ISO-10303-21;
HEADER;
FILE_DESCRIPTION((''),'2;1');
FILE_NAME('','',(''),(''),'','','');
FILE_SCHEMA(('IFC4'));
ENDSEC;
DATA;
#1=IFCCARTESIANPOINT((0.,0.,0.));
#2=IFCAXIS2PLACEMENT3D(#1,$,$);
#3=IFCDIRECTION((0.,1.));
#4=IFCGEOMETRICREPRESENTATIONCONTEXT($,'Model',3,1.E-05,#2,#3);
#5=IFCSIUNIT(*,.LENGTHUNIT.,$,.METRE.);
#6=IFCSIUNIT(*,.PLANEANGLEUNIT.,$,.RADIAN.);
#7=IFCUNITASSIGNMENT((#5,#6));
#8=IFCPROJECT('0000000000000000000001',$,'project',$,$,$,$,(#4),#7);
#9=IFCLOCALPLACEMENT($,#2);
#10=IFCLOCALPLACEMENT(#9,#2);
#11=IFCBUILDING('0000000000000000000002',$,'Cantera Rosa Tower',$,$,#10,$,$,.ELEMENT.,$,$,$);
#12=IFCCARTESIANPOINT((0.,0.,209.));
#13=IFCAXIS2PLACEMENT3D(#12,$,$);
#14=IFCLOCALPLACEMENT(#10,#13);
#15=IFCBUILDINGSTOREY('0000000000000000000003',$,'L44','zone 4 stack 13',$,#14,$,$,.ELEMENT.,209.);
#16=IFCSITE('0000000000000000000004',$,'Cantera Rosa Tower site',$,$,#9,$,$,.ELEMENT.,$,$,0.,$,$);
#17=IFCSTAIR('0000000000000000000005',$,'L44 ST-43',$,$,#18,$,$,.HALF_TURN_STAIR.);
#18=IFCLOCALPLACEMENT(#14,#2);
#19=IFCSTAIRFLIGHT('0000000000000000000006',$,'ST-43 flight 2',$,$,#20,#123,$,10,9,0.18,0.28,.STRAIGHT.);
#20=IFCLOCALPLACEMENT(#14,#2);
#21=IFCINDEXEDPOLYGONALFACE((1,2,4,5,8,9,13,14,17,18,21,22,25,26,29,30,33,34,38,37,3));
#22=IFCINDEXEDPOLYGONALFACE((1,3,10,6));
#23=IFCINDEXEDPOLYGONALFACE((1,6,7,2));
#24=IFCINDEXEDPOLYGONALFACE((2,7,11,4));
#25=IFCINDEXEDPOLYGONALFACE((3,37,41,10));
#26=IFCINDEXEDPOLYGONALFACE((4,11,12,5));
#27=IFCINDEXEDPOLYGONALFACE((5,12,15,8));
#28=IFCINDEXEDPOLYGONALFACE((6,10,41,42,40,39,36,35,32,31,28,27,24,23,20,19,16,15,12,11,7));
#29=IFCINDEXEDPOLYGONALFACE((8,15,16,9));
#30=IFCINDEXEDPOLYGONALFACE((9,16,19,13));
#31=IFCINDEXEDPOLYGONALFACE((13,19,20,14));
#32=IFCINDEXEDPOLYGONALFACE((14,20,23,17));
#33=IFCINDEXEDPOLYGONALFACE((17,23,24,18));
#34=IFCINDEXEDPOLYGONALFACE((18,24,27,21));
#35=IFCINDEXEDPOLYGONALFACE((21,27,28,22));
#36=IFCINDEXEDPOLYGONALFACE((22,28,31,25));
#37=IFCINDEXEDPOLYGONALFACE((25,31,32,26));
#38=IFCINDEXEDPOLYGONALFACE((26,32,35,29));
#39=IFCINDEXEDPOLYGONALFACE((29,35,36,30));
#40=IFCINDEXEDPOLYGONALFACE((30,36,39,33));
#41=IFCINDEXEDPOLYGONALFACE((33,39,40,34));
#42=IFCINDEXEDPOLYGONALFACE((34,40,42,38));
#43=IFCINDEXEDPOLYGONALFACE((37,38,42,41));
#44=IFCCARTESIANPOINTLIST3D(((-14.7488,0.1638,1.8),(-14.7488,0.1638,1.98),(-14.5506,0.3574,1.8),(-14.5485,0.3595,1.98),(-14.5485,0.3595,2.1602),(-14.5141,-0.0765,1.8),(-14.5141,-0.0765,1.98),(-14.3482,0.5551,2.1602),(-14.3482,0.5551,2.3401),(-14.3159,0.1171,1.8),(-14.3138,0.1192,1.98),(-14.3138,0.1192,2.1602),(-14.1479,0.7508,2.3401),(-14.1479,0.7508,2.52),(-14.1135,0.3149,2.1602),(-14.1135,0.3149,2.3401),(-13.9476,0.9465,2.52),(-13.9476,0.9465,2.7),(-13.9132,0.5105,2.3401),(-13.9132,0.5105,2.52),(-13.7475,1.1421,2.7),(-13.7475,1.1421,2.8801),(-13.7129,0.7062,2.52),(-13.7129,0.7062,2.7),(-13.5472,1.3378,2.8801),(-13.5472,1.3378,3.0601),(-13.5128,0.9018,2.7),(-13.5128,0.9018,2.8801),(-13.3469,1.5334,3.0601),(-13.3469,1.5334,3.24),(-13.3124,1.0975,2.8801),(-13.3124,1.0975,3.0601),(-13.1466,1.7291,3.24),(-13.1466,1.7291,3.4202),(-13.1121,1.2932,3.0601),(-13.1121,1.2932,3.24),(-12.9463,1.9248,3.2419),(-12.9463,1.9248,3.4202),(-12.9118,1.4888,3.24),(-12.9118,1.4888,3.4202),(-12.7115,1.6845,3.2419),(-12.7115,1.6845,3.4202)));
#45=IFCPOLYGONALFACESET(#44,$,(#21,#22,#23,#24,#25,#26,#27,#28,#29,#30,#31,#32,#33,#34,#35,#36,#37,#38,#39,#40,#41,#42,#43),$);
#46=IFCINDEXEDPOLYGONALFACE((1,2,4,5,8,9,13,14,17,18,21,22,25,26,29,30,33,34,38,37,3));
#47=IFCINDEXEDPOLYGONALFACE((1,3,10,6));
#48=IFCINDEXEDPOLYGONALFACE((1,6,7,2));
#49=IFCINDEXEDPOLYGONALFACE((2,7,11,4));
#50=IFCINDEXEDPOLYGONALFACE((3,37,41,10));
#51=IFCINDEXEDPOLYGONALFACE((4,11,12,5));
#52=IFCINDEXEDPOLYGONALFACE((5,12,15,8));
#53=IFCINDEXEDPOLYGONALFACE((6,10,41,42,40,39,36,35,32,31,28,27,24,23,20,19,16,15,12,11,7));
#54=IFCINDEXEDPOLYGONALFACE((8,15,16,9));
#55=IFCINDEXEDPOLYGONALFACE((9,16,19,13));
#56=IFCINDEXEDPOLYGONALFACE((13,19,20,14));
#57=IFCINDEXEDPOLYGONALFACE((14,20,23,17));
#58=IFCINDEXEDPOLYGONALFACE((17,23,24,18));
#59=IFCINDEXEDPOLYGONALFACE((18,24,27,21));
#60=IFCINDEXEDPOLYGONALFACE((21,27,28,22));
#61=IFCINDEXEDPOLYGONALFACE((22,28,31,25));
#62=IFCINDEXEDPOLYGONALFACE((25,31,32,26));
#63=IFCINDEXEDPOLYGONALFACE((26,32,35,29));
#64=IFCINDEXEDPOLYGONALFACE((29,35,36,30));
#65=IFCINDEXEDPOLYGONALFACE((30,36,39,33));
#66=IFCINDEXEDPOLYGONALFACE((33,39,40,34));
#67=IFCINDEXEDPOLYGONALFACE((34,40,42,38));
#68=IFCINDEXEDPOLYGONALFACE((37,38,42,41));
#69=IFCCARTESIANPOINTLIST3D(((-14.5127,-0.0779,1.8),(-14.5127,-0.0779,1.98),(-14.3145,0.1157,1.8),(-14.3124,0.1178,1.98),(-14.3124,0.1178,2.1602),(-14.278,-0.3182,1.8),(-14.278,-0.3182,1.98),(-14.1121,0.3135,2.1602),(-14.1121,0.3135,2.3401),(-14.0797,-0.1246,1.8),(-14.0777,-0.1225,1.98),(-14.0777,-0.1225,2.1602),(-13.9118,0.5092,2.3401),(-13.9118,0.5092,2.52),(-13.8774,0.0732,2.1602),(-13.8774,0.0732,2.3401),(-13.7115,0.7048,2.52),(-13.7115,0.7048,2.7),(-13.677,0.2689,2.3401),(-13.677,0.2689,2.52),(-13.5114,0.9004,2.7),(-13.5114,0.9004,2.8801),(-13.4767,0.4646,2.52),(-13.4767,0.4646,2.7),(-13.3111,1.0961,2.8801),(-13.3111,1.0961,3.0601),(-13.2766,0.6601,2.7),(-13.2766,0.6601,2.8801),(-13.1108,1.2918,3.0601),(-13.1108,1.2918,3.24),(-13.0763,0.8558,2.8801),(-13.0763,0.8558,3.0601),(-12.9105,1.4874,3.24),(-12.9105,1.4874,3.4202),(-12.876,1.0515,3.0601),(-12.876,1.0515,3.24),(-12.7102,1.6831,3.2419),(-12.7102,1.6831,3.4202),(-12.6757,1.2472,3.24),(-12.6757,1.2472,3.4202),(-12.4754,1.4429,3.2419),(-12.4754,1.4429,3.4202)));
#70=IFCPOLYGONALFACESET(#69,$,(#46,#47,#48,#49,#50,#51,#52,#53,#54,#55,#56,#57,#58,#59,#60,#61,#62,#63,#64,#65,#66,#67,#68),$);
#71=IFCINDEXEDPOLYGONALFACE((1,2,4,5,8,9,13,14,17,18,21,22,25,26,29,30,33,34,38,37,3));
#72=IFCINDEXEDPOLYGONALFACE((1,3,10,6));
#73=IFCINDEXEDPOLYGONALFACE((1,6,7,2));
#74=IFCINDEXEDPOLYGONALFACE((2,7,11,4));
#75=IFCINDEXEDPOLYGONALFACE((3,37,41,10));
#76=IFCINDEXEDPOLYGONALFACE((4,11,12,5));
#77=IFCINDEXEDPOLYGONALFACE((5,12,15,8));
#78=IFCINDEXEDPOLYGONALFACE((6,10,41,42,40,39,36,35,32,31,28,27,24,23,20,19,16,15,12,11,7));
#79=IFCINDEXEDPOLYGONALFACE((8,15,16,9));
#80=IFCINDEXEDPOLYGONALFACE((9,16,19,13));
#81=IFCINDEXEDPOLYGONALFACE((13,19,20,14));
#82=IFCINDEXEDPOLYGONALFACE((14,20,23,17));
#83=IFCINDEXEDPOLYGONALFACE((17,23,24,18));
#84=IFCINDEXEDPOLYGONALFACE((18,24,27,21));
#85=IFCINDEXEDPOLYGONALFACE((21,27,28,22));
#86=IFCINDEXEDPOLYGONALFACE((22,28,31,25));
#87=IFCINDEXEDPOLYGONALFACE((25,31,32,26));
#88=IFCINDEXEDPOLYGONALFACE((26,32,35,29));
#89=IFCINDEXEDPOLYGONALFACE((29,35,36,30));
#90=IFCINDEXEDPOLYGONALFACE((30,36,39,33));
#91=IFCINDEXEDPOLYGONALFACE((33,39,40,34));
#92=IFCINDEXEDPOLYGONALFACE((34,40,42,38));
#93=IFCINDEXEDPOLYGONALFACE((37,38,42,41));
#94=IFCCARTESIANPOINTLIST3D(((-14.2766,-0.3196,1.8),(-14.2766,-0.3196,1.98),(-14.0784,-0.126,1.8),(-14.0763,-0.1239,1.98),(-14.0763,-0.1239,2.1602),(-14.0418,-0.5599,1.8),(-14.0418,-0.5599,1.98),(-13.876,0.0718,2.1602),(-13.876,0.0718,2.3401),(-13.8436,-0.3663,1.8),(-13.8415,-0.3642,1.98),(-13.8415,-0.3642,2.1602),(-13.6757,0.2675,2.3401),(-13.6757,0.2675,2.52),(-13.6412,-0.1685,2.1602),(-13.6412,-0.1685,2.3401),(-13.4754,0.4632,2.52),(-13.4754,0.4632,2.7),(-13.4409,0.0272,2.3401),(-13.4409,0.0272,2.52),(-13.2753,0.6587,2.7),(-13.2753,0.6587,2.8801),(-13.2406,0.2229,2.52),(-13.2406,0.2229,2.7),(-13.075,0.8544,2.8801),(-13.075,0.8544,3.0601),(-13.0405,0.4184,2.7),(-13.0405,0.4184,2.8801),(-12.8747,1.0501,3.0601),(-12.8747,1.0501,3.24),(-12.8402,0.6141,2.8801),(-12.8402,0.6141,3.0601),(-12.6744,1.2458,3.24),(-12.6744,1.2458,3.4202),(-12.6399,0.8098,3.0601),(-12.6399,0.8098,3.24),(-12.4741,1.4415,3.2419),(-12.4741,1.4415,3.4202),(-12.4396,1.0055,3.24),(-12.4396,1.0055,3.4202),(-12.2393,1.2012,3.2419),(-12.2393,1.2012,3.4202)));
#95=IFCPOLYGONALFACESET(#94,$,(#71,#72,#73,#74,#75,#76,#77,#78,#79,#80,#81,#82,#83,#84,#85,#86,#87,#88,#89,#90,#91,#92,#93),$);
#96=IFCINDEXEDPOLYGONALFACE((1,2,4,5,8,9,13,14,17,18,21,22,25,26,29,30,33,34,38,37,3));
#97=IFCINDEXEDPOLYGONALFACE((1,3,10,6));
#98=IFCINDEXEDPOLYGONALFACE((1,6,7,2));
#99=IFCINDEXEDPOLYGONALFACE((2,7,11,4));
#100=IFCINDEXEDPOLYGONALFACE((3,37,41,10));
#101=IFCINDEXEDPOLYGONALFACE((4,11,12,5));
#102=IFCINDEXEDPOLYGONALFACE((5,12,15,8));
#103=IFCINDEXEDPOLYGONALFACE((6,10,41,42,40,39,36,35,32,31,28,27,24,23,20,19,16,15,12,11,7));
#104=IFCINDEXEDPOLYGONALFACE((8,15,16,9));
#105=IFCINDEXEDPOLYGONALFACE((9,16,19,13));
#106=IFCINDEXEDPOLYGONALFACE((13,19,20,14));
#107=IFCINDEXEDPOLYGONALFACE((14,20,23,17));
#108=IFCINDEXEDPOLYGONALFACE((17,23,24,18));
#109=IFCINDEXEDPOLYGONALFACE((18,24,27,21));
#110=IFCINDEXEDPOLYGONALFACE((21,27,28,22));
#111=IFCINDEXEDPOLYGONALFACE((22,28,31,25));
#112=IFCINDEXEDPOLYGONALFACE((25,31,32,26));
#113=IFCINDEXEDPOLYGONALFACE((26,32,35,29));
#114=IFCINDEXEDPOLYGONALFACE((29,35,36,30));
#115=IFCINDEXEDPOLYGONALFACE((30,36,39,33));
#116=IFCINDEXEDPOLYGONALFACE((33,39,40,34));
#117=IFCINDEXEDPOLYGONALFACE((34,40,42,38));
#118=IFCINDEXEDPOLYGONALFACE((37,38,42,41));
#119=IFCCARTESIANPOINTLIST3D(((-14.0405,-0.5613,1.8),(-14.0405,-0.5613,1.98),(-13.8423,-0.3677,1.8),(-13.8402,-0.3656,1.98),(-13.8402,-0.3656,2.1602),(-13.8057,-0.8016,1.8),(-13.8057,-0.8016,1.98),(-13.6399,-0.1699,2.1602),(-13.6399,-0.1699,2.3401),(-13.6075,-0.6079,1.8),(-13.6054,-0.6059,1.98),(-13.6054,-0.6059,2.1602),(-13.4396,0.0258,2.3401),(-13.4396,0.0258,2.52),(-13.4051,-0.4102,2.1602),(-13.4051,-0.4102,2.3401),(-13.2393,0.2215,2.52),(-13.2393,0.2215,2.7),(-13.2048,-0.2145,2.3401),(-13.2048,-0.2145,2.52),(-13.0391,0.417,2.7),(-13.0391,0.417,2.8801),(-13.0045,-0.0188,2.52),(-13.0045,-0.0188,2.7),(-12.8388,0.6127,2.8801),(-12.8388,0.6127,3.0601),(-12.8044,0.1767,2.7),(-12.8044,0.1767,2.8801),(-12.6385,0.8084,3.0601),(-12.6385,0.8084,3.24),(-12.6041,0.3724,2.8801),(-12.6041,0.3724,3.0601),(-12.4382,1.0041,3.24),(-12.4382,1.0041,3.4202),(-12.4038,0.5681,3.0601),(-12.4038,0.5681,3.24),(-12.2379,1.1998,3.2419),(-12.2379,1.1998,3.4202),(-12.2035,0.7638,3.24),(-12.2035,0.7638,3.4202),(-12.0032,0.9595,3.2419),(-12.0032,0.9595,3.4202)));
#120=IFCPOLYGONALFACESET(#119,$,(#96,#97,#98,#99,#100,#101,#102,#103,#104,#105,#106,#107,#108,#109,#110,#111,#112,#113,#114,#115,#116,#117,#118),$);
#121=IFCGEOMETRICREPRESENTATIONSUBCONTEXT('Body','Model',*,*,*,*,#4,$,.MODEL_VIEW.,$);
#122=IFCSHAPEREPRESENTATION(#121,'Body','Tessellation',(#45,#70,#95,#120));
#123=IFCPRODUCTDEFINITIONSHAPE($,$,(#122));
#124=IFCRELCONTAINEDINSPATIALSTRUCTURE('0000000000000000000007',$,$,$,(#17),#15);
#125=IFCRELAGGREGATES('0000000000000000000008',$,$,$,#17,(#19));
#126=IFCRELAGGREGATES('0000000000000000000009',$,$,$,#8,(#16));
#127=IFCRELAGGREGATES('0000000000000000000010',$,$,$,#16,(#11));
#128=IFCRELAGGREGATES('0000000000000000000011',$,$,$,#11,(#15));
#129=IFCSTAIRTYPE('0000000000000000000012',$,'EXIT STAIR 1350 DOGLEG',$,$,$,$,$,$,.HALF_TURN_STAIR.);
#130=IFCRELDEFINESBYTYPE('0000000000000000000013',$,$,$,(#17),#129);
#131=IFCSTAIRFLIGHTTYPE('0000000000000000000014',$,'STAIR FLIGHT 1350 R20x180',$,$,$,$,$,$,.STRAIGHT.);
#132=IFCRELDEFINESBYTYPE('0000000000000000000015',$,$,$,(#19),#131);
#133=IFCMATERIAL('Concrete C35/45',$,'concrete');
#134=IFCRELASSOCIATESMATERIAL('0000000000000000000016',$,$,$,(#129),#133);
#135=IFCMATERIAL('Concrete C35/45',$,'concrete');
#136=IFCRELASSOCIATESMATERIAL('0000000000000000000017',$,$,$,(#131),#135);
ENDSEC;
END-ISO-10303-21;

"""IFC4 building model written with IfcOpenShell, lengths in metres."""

from ifc_helpers import new_model, si_unit, direction, frame, origin, place, context, subcontext, project, spatial, polyline, outline, extrude, material, type_object, element, aggregate, save


model = new_model("IFC4")

# Units and contexts
model_context = context("Model", 3, precision=1e-05, world=origin(), true_north=direction((0.0, 1.0)))
body_context = subcontext(model_context, "Body", "Model", "MODEL_VIEW")
ifc_project = project(units=[si_unit("LENGTHUNIT", "METRE"), si_unit("PLANEANGLEUNIT", "RADIAN")], contexts=[model_context])

# Site, building, storey
site_placement = place(None, origin())
site = spatial("IfcSite", under=ifc_project, at=site_placement, Name="Cantera Rosa Tower site", CompositionType="ELEMENT", RefElevation=0.0)
building_placement = place(site_placement, origin())
building = spatial("IfcBuilding", under=site, at=building_placement, Name="Cantera Rosa Tower", CompositionType="ELEMENT")
storey_placement = place(building_placement, frame((0.0, 0.0, 209.0)))
storey = spatial("IfcBuildingStorey", under=building, at=storey_placement, Name="L44", Description="zone 4 stack 13", CompositionType="ELEMENT", Elevation=209.0)

# Stair, stair flight
ifc_material_1 = material(Name="Concrete C35/45", Category="concrete")
stair_type = type_object("IfcStairType", Name="EXIT STAIR 1350 DOGLEG", PredefinedType="HALF_TURN_STAIR", material=ifc_material_1)
stair_1_placement = place(storey_placement, origin())
stair_1 = element("IfcStair", 1, at=stair_1_placement, inside=storey, type_object=stair_type, Name="L44 ST-43", PredefinedType="HALF_TURN_STAIR")
ifc_material_2 = material(Name="Concrete C35/45", Category="concrete")
stair_flight_type = type_object("IfcStairFlightType", Name="STAIR FLIGHT 1350 R20x180", PredefinedType="STRAIGHT", material=ifc_material_2)
stair_flight_1_placement = place(storey_placement, frame((-14.2771, -0.3191, 1.8), z_axis=(0.0, 0.0, 1.0), x_axis=(0.715286, 0.698832, 0.0)))
stair_flight_1 = element("IfcStairFlight", 2, at=stair_flight_1_placement, type_object=stair_flight_type, Name="ST-43 flight 2", NumberOfRisers=10, NumberOfTreads=9, PredefinedType="STRAIGHT", RiserHeight=0.18, TreadLength=0.28, context=body_context, shape_type="SweptSolid", body=[
    extrude(outline(polyline([(0.0, 0.0), (0.0, 0.1799), (0.28, 0.1799), (0.28, 0.3601), (0.5601, 0.3601), (0.5601, 0.54), (0.8401, 0.54), (0.8401, 0.72), (1.1201, 0.72), (1.1201, 0.8999), (1.3999, 0.8999), (1.3999, 1.0801), (1.6799, 1.0801), (1.6799, 1.26), (1.96, 1.26), (1.96, 1.4399), (2.24, 1.4399), (2.24, 1.6201), (2.52, 1.6201), (2.52, 1.8), (2.52, 1.4419), (0.2771, 0.0), (0.0, 0.0)])), frame((0.0, 0.675, 0.0), z_axis=(0.0, -1.0, 0.0), x_axis=(1.0, 0.0, 0.0)), (0.0, 0.0, 1.0), 0.3359),
    extrude(outline(polyline([(0.0, 0.0), (0.0, 0.1799), (0.28, 0.1799), (0.28, 0.3601), (0.5601, 0.3601), (0.5601, 0.54), (0.8401, 0.54), (0.8401, 0.72), (1.1201, 0.72), (1.1201, 0.8999), (1.3999, 0.8999), (1.3999, 1.0801), (1.6799, 1.0801), (1.6799, 1.26), (1.96, 1.26), (1.96, 1.4399), (2.24, 1.4399), (2.24, 1.6201), (2.52, 1.6201), (2.52, 1.8), (2.52, 1.4419), (0.2771, 0.0), (0.0, 0.0)])), frame((0.0, 0.3372, 0.0), z_axis=(0.0, -1.0, 0.0), x_axis=(1.0, 0.0, 0.0)), (0.0, 0.0, 1.0), 0.3359),
    extrude(outline(polyline([(0.0, 0.0), (0.0, 0.1799), (0.28, 0.1799), (0.28, 0.3601), (0.5601, 0.3601), (0.5601, 0.54), (0.8401, 0.54), (0.8401, 0.72), (1.1201, 0.72), (1.1201, 0.8999), (1.3999, 0.8999), (1.3999, 1.0801), (1.6799, 1.0801), (1.6799, 1.26), (1.96, 1.26), (1.96, 1.4399), (2.24, 1.4399), (2.24, 1.6201), (2.52, 1.6201), (2.52, 1.8), (2.52, 1.4419), (0.2771, 0.0), (0.0, 0.0)])), frame((0.0, -0.0007, 0.0), z_axis=(0.0, -1.0, 0.0), x_axis=(1.0, 0.0, 0.0)), (0.0, 0.0, 1.0), 0.3359),
    extrude(outline(polyline([(0.0, 0.0), (0.0, 0.1799), (0.28, 0.1799), (0.28, 0.3601), (0.5601, 0.3601), (0.5601, 0.54), (0.8401, 0.54), (0.8401, 0.72), (1.1201, 0.72), (1.1201, 0.8999), (1.3999, 0.8999), (1.3999, 1.0801), (1.6799, 1.0801), (1.6799, 1.26), (1.96, 1.26), (1.96, 1.4399), (2.24, 1.4399), (2.24, 1.6201), (2.52, 1.6201), (2.52, 1.8), (2.52, 1.4419), (0.2771, 0.0), (0.0, 0.0)])), frame((0.0, -0.3386, 0.0), z_axis=(0.0, -1.0, 0.0), x_axis=(1.0, 0.0, 0.0)), (0.0, 0.0, 1.0), 0.3359),
])
aggregate(stair_1, [stair_flight_1])

save(model, "model.ifc")
